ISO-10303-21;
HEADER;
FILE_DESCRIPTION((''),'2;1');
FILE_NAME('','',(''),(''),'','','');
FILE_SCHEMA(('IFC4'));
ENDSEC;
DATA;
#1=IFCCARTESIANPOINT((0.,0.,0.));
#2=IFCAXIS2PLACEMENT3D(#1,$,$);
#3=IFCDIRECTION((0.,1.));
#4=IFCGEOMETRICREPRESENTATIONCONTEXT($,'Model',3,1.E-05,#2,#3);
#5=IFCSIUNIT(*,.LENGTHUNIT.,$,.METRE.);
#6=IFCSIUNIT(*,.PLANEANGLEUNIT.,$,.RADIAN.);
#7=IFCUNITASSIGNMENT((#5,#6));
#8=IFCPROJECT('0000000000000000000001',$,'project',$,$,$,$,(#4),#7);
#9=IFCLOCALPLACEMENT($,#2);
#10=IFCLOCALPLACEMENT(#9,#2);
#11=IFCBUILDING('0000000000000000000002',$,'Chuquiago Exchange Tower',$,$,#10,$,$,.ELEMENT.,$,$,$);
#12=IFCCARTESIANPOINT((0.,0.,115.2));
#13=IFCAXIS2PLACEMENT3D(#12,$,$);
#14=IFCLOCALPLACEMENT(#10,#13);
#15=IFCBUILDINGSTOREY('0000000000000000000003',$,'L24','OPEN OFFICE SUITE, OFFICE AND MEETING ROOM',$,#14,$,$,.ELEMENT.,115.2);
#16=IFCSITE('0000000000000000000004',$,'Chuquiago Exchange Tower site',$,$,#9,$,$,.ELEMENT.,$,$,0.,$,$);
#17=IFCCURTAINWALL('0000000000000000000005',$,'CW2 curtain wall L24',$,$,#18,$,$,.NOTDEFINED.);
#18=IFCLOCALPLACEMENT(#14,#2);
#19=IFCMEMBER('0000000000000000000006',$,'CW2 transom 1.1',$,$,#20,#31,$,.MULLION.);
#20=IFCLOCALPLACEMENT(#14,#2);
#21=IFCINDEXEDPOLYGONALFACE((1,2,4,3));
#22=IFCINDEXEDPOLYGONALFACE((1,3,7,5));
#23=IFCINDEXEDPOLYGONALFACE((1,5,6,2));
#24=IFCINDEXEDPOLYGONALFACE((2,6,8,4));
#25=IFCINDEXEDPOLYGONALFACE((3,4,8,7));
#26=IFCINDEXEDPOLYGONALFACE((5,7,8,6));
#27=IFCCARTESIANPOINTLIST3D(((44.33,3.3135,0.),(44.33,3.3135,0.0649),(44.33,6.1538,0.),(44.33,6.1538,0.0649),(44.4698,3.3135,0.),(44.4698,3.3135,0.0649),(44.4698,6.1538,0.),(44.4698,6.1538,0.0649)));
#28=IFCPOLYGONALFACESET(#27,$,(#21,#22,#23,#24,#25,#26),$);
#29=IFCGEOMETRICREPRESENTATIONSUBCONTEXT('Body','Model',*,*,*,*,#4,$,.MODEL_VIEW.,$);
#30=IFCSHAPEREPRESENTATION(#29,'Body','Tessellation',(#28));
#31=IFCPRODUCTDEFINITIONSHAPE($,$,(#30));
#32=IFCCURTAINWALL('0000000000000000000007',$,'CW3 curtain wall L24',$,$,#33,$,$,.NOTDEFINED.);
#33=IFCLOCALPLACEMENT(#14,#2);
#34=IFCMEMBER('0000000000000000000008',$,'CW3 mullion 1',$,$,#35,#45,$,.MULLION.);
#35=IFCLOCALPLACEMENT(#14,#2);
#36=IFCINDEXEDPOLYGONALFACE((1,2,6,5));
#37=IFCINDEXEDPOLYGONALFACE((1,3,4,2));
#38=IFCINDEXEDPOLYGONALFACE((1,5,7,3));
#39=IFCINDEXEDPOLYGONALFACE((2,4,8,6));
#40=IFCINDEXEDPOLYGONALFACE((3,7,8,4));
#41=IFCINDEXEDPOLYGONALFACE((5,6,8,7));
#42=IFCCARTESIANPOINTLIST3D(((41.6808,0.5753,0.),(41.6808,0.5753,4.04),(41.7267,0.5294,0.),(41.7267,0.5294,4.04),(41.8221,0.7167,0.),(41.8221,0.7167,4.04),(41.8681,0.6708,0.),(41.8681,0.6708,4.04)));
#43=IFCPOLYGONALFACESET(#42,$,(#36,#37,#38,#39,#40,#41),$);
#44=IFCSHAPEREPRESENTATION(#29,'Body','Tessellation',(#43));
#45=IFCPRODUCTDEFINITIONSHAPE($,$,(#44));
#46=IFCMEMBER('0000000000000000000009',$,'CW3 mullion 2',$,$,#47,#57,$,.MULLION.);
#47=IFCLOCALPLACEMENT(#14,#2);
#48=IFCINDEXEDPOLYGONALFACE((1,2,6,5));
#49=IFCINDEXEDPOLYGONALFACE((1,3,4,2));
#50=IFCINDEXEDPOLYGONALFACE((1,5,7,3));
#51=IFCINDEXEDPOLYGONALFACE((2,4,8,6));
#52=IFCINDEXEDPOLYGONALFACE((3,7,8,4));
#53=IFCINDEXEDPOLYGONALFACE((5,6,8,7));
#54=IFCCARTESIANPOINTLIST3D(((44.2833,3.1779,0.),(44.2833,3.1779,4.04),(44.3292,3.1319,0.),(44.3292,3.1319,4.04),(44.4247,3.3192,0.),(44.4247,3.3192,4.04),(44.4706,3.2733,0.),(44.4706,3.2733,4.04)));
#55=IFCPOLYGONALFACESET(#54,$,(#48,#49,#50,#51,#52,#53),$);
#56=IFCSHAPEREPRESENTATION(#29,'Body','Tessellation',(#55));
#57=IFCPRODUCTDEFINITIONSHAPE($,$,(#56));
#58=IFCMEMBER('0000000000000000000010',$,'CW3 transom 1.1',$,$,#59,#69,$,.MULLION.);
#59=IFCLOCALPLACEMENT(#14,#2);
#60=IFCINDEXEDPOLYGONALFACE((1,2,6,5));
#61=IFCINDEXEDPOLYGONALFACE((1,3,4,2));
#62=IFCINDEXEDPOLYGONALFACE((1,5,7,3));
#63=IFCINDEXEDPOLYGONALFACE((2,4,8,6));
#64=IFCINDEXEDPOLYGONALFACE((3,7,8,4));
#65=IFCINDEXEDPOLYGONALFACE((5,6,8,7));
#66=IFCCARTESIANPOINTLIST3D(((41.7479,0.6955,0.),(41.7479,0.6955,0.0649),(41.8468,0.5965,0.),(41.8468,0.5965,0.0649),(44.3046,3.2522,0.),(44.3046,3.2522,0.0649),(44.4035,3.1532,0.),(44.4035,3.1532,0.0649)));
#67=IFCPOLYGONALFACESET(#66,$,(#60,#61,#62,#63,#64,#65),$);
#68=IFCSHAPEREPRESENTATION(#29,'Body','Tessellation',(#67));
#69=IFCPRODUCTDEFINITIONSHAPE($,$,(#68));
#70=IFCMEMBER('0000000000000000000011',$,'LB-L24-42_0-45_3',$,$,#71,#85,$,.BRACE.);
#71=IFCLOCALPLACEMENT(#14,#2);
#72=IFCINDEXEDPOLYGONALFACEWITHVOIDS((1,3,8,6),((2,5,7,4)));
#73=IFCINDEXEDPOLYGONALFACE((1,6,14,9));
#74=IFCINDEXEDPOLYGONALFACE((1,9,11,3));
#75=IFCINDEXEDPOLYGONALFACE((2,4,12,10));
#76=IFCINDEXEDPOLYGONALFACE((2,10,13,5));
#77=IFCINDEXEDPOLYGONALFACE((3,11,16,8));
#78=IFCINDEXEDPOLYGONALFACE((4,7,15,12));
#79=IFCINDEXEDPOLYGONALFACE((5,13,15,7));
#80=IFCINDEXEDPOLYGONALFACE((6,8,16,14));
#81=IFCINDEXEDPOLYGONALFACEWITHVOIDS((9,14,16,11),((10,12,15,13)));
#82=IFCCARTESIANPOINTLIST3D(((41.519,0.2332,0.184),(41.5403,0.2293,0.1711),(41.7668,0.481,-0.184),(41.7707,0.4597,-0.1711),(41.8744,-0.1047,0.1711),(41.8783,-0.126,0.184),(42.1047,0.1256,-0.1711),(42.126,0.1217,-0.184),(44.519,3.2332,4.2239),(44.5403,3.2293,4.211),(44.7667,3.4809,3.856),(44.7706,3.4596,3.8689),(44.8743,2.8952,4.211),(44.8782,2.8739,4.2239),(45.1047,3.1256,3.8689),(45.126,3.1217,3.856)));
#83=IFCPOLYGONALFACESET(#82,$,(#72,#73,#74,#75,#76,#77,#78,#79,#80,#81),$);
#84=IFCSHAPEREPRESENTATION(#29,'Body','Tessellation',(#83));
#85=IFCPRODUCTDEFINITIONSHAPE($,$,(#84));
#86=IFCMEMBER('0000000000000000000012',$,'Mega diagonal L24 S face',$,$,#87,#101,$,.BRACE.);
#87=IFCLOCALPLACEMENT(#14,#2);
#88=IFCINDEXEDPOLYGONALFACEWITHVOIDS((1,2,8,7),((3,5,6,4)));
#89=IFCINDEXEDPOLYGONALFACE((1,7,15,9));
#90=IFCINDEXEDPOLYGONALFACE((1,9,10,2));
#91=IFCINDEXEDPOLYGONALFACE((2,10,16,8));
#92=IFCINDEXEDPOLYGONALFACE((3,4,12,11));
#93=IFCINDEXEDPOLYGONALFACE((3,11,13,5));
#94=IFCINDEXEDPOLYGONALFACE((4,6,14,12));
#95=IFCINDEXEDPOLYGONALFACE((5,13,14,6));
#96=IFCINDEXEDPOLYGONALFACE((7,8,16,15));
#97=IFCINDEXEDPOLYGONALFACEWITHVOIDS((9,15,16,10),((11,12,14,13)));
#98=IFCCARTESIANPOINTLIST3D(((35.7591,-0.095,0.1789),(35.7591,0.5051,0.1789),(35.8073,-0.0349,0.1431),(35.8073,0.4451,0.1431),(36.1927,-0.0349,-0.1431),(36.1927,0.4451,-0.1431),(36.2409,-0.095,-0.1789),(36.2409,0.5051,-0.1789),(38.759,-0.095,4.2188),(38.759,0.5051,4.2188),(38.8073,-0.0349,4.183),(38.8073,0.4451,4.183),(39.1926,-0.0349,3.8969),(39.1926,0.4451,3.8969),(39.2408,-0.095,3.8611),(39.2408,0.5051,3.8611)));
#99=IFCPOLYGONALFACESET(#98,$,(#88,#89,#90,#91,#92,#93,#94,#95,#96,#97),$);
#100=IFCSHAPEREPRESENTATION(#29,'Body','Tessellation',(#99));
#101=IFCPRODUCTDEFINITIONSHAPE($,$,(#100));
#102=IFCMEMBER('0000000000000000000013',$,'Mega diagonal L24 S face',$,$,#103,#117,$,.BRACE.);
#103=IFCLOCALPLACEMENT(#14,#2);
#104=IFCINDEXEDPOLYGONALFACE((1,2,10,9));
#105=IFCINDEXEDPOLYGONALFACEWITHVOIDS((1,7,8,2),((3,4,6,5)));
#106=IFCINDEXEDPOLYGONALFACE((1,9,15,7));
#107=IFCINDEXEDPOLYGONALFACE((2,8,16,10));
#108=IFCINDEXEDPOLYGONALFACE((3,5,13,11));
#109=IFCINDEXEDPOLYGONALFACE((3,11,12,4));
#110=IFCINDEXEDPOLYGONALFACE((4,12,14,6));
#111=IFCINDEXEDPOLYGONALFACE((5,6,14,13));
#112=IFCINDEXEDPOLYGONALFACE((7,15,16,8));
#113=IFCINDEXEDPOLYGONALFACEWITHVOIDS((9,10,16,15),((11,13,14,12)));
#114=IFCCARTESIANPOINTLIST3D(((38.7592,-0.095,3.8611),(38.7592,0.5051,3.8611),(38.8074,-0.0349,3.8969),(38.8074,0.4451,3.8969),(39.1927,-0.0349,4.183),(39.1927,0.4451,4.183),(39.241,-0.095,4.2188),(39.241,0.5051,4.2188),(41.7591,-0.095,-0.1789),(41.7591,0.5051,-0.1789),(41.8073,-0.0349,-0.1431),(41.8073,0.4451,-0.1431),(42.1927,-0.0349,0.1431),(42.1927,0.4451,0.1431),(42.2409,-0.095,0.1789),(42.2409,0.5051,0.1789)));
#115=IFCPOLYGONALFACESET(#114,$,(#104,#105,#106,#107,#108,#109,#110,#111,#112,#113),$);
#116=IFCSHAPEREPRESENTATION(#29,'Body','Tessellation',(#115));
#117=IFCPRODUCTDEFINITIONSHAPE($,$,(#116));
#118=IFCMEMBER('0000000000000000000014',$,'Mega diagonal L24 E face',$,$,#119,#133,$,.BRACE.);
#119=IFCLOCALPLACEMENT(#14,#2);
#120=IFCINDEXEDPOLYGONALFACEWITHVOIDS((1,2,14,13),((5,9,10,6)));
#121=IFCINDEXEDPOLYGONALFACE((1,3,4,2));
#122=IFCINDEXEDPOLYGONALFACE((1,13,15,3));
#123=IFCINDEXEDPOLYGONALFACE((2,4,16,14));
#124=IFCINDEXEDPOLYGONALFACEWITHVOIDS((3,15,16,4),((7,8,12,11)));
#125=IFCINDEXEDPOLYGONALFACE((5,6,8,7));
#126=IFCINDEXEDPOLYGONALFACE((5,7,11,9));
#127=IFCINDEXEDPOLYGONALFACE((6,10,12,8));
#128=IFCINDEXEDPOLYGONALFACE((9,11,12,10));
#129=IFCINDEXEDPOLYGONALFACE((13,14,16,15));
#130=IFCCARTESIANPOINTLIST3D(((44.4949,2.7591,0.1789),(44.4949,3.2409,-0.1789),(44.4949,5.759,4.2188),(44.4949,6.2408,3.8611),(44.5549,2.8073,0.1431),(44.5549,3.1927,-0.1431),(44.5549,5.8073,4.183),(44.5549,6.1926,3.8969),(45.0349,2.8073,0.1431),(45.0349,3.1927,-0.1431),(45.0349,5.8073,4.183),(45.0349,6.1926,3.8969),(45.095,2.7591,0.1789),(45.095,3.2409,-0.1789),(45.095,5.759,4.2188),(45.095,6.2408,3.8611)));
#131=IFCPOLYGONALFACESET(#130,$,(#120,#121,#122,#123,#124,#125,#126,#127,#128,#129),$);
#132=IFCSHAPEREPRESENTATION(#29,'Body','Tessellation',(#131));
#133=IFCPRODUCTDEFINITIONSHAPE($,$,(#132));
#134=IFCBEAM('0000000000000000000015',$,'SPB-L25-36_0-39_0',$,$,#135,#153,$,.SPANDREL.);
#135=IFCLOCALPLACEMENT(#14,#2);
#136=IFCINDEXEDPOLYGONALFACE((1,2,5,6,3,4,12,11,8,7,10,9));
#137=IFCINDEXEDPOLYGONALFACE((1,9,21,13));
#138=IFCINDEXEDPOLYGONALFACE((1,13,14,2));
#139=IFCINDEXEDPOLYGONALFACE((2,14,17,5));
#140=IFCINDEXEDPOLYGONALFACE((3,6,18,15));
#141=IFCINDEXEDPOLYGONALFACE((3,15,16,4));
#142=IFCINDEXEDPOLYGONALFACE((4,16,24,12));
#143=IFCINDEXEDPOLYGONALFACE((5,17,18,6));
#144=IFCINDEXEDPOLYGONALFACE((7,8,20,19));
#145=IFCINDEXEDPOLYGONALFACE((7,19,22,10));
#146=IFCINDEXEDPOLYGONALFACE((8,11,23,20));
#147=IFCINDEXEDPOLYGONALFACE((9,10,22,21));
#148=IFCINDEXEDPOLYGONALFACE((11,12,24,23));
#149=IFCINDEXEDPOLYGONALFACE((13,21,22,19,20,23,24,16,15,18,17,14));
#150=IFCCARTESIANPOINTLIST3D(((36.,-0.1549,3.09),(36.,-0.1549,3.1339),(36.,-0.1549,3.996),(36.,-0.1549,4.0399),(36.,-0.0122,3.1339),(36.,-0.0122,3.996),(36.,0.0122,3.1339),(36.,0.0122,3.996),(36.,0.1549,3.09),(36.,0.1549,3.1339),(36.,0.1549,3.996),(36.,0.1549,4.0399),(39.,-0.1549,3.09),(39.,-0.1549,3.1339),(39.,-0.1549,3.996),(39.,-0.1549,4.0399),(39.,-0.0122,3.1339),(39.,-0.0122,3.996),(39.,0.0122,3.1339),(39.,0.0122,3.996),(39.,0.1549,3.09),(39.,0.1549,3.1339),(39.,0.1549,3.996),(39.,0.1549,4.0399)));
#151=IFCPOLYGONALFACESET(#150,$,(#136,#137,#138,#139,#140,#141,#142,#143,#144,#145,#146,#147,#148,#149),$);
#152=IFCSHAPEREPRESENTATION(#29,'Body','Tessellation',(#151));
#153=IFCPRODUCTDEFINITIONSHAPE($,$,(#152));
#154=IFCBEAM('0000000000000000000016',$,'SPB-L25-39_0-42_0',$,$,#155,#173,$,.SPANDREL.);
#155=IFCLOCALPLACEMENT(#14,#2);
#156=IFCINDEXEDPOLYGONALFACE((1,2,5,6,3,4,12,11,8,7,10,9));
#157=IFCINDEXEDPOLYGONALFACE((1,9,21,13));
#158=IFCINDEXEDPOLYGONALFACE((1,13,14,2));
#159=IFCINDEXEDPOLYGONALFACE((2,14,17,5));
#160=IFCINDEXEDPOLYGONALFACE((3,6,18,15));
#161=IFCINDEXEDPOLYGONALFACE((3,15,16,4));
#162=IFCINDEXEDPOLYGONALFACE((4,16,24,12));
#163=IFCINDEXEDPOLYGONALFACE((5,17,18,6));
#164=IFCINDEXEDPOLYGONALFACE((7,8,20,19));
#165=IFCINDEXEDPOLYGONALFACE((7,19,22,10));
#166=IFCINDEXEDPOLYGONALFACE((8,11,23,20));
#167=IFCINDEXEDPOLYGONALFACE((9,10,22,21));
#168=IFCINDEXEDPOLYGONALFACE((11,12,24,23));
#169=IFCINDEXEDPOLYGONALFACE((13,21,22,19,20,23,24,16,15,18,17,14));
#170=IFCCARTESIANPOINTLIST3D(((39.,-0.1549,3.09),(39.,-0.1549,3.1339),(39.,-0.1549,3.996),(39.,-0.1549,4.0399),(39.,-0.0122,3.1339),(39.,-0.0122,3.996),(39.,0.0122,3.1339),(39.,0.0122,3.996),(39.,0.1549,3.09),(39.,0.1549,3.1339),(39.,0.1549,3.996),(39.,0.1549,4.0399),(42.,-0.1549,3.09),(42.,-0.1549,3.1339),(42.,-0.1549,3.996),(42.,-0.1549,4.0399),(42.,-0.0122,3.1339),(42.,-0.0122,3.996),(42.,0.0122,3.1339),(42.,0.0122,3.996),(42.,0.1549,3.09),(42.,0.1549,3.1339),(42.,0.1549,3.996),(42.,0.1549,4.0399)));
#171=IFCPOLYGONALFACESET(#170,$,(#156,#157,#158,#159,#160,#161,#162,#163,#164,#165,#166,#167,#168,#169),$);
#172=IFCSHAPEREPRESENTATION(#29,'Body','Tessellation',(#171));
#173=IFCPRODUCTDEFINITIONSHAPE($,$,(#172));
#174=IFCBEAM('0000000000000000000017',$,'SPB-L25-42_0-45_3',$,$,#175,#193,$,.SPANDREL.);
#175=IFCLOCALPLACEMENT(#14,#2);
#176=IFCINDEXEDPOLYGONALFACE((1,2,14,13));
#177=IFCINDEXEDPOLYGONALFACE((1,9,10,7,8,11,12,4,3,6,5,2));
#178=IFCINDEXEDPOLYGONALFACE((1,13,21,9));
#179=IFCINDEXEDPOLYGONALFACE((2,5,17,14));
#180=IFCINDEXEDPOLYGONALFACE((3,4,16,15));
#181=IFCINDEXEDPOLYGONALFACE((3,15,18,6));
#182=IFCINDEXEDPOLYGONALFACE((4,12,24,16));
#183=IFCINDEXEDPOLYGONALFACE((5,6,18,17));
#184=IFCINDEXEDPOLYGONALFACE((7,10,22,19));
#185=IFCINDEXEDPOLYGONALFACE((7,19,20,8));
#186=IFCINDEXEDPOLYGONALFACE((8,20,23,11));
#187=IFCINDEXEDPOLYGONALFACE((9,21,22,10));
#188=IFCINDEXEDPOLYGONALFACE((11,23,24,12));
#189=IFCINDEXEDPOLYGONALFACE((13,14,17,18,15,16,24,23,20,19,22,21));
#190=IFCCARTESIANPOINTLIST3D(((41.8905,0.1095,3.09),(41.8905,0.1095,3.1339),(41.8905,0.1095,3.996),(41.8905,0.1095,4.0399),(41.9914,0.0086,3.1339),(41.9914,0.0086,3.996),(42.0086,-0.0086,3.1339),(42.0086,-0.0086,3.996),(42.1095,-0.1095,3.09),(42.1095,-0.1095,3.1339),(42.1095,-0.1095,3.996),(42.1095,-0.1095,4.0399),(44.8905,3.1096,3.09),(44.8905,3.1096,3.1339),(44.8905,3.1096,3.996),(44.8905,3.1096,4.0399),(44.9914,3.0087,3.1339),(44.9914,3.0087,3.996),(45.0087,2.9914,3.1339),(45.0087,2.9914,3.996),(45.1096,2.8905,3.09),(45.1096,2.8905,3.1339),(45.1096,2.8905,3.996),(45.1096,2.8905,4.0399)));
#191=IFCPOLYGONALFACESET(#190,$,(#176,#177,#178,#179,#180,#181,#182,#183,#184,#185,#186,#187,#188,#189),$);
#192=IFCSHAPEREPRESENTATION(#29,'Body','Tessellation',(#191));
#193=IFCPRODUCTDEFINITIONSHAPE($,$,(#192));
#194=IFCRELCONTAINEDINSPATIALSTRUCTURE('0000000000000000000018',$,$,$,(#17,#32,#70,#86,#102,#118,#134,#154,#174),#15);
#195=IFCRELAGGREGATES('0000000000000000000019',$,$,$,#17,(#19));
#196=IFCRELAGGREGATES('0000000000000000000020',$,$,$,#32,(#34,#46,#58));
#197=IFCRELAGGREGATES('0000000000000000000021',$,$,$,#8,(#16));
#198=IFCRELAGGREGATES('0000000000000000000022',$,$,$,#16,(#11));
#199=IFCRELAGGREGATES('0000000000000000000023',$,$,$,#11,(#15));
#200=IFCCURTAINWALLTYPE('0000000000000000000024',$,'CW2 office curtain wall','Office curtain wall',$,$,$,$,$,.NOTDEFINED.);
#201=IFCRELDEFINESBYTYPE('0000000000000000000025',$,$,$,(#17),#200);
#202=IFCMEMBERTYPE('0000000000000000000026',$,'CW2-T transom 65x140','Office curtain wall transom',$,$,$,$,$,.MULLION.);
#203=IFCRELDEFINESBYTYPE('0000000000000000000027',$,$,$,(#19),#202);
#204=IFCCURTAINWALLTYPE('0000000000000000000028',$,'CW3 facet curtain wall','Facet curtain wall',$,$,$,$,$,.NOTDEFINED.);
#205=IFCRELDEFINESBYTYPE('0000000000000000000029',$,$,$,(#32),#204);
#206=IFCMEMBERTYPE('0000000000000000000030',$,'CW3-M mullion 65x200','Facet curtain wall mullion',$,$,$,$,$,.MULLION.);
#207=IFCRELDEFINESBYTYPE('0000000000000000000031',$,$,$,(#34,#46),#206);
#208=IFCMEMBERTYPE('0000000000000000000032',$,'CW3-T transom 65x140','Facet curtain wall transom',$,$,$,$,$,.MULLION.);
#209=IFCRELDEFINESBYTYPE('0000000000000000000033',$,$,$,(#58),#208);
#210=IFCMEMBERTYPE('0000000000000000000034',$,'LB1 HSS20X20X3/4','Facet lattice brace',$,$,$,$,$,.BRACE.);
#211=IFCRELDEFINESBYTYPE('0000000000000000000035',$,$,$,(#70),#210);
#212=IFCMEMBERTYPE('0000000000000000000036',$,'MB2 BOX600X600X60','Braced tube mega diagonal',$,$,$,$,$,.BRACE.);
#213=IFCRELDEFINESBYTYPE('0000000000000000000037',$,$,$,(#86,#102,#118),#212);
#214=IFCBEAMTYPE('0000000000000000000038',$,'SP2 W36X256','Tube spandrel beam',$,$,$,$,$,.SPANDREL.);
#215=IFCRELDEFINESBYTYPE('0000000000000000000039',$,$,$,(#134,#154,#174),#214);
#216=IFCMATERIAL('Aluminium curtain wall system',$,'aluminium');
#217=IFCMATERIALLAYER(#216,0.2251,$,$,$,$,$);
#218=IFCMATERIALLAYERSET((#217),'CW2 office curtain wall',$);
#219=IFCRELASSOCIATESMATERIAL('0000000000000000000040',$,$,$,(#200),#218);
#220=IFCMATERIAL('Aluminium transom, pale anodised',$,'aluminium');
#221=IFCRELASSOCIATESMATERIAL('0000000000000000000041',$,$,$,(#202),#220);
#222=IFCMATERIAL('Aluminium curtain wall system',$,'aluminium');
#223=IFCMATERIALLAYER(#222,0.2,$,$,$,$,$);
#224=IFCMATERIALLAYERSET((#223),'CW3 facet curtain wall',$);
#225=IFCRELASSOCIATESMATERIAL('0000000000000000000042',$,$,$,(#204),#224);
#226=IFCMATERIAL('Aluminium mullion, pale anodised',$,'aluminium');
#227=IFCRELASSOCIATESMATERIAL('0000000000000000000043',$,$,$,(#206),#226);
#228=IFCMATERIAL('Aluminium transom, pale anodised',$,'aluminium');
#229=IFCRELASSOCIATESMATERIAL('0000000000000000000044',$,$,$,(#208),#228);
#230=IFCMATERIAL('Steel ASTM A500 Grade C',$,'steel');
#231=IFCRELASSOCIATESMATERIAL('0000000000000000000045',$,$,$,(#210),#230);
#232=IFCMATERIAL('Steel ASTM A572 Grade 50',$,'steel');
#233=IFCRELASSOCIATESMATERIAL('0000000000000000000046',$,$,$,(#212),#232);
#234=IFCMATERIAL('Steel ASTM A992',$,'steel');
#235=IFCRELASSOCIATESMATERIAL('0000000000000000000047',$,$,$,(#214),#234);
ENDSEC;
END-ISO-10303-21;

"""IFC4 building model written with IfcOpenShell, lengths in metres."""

from ifc_helpers import new_model, si_unit, direction, frame, origin, origin_2d, place, context, subcontext, project, spatial, rectangle, hollow_rectangle, i_section, extrude, material, layer, layer_set, material_profile, profile_set, type_object, element, aggregate, save


model = new_model("IFC4")

# Units and contexts
model_context = context("Model", 3, precision=1e-05, world=origin(), true_north=direction((0.0, 1.0)))
body_context = subcontext(model_context, "Body", "Model", "MODEL_VIEW")
ifc_project = project(units=[si_unit("LENGTHUNIT", "METRE"), si_unit("PLANEANGLEUNIT", "RADIAN")], contexts=[model_context])

# Site, building, storey
site_placement = place(None, origin())
site = spatial("IfcSite", under=ifc_project, at=site_placement, Name="Chuquiago Exchange Tower site", CompositionType="ELEMENT", RefElevation=0.0)
building_placement = place(site_placement, origin())
building = spatial("IfcBuilding", under=site, at=building_placement, Name="Chuquiago Exchange Tower", CompositionType="ELEMENT")
storey_placement = place(building_placement, frame((0.0, 0.0, 115.2)))
storey = spatial("IfcBuildingStorey", under=building, at=storey_placement, Name="L24", Description="OPEN OFFICE SUITE, OFFICE AND MEETING ROOM", CompositionType="ELEMENT", Elevation=115.2)

# Curtain wall
ifc_material_1 = material(Name="Aluminium curtain wall system", Category="aluminium")
ifc_layer_1 = layer(ifc_material_1, 0.2251)
ifc_layer_set_1 = layer_set([ifc_layer_1], Name="CW2 office curtain wall")
curtain_wall_type_1 = type_object("IfcCurtainWallType", Name="CW2 office curtain wall", Description="Office curtain wall", PredefinedType="NOTDEFINED", material=ifc_layer_set_1)
curtain_wall_1_placement = place(storey_placement, origin())
curtain_wall_1 = element("IfcCurtainWall", 1, at=curtain_wall_1_placement, inside=storey, type_object=curtain_wall_type_1, Name="CW2 curtain wall L24", PredefinedType="NOTDEFINED")

# Member
ifc_material_2 = material(Name="Aluminium transom, pale anodised", Category="aluminium")
ifc_material_profile_1 = material_profile(ifc_material_2, rectangle(XDim=0.1399, YDim=0.0649, at=origin_2d()), Name="AL 140x65")
ifc_profile_set_1 = profile_set([ifc_material_profile_1], Name="Aluminium transom, pale anodised")
member_type_1 = type_object("IfcMemberType", Name="CW2-T transom 65x140", Description="Office curtain wall transom", PredefinedType="MULLION", material=ifc_profile_set_1)
member_1_placement = place(storey_placement, frame((44.3999, 3.3135, 0.0325), z_axis=(0.0, 1.0, 0.0), x_axis=(-1.0, 0.0, 0.0)))
member_1 = element("IfcMember", 2, at=member_1_placement, type_object=member_type_1, Name="CW2 transom 1.1", PredefinedType="MULLION", context=body_context, shape_type="SweptSolid", body=[
    extrude(rectangle(XDim=0.1399, YDim=0.0649, at=origin_2d()), origin(), (0.0, 0.0, 1.0), 2.8403),
])

# Curtain wall, members
ifc_material_3 = material(Name="Aluminium curtain wall system", Category="aluminium")
ifc_layer_2 = layer(ifc_material_3, 0.2)
ifc_layer_set_2 = layer_set([ifc_layer_2], Name="CW3 facet curtain wall")
curtain_wall_type_2 = type_object("IfcCurtainWallType", Name="CW3 facet curtain wall", Description="Facet curtain wall", PredefinedType="NOTDEFINED", material=ifc_layer_set_2)
curtain_wall_2_placement = place(storey_placement, origin())
curtain_wall_2 = element("IfcCurtainWall", 3, at=curtain_wall_2_placement, inside=storey, type_object=curtain_wall_type_2, Name="CW3 curtain wall L24", PredefinedType="NOTDEFINED")
ifc_material_4 = material(Name="Aluminium mullion, pale anodised", Category="aluminium")
ifc_material_profile_2 = material_profile(ifc_material_4, rectangle(XDim=0.0649, YDim=0.2, at=origin_2d()), Name="AL 65x200")
ifc_profile_set_2 = profile_set([ifc_material_profile_2], Name="Aluminium mullion, pale anodised")
member_type_2 = type_object("IfcMemberType", Name="CW3-M mullion 65x200", Description="Facet curtain wall mullion", PredefinedType="MULLION", material=ifc_profile_set_2)
member_2_placement = place(storey_placement, frame((41.7744, 0.623, 0.0), z_axis=(0.0, 0.0, 1.0), x_axis=(-0.707107, 0.707107, 0.0)))
member_2 = element("IfcMember", 4, at=member_2_placement, type_object=member_type_2, Name="CW3 mullion 1", PredefinedType="MULLION", context=body_context, shape_type="SweptSolid", body=[
    extrude(rectangle(XDim=0.0649, YDim=0.2, at=origin_2d()), origin(), (0.0, 0.0, 1.0), 4.04),
])
member_3_placement = place(storey_placement, frame((44.377, 3.2256, 0.0), z_axis=(0.0, 0.0, 1.0), x_axis=(-0.707107, 0.707107, 0.0)))
member_3 = element("IfcMember", 5, at=member_3_placement, type_object=member_type_2, Name="CW3 mullion 2", PredefinedType="MULLION", context=body_context, shape_type="SweptSolid", body=[
    extrude(rectangle(XDim=0.0649, YDim=0.2, at=origin_2d()), origin(), (0.0, 0.0, 1.0), 4.04),
])
ifc_material_5 = material(Name="Aluminium transom, pale anodised", Category="aluminium")
ifc_material_profile_3 = material_profile(ifc_material_5, rectangle(XDim=0.1399, YDim=0.0649, at=origin_2d()), Name="AL 140x65")
ifc_profile_set_3 = profile_set([ifc_material_profile_3], Name="Aluminium transom, pale anodised")
member_type_3 = type_object("IfcMemberType", Name="CW3-T transom 65x140", Description="Facet curtain wall transom", PredefinedType="MULLION", material=ifc_profile_set_3)
member_4_placement = place(storey_placement, frame((41.7974, 0.646, 0.0325), z_axis=(0.707107, 0.707107, 0.0), x_axis=(-0.707107, 0.707107, 0.0)))
member_4 = element("IfcMember", 6, at=member_4_placement, type_object=member_type_3, Name="CW3 transom 1.1", PredefinedType="MULLION", context=body_context, shape_type="SweptSolid", body=[
    extrude(rectangle(XDim=0.1399, YDim=0.0649, at=origin_2d()), origin(), (0.0, 0.0, 1.0), 3.6157),
])

# Members
ifc_material_6 = material(Name="Steel ASTM A500 Grade C", Category="steel")
ifc_material_profile_4 = material_profile(ifc_material_6, hollow_rectangle(XDim=0.5081, YDim=0.5081, WallThickness=0.0178, at=origin_2d()), Name="HSS20X20X3/4")
ifc_profile_set_4 = profile_set([ifc_material_profile_4], Name="Steel ASTM A500 Grade C")
member_type_4 = type_object("IfcMemberType", Name="LB1 HSS20X20X3/4", Description="Facet lattice brace", PredefinedType="BRACE", material=ifc_profile_set_4)
member_5_placement = place(storey_placement, frame((41.8225, 0.1775, 0.0), z_axis=(0.512077, 0.512077, 0.689604), x_axis=(-0.707107, 0.707107, 0.0)))
element("IfcMember", 7, at=member_5_placement, inside=storey, type_object=member_type_4, Name="LB-L24-42_0-45_3", PredefinedType="BRACE", context=body_context, shape_type="SweptSolid", body=[
    extrude(hollow_rectangle(XDim=0.5081, YDim=0.5081, WallThickness=0.0178, at=origin_2d()), origin(), (0.0, 0.0, 1.0), 5.8584),
])
ifc_material_7 = material(Name="Steel ASTM A572 Grade 50", Category="steel")
ifc_material_profile_5 = material_profile(ifc_material_7, hollow_rectangle(XDim=0.6001, YDim=0.6001, WallThickness=0.0601, at=origin_2d()), Name="BOX600X600X60")
ifc_profile_set_5 = profile_set([ifc_material_profile_5], Name="Steel ASTM A572 Grade 50")
member_type_5 = type_object("IfcMemberType", Name="MB2 BOX600X600X60", Description="Braced tube mega diagonal", PredefinedType="BRACE", material=ifc_profile_set_5)
for number, where, z_axis, x_axis, name in (
    (8, (36.0, 0.2051, 0.0), (0.596174, 0.0, 0.802855), (0.0, 1.0, 0.0), "Mega diagonal L24 S face"),
    (9, (42.0, 0.2051, 0.0), (-0.596174, 0.0, 0.802855), (0.0, -1.0, 0.0), "Mega diagonal L24 S face"),
    (10, (44.7949, 3.0, 0.0), (0.0, 0.596174, 0.802855), (-1.0, 0.0, 0.0), "Mega diagonal L24 E face"),
):
    element("IfcMember", number, at=place(storey_placement, frame(where, z_axis=z_axis, x_axis=x_axis)), inside=storey, type_object=member_type_5, Name=name, PredefinedType="BRACE", context=body_context, shape_type="SweptSolid", body=[
        extrude(hollow_rectangle(XDim=0.6001, YDim=0.6001, WallThickness=0.0601, at=origin_2d()), origin(), (0.0, 0.0, 1.0), 5.032),
    ])

# Beams
ifc_material_8 = material(Name="Steel ASTM A992", Category="steel")
ifc_material_profile_6 = material_profile(ifc_material_8, i_section(OverallWidth=0.3098, OverallDepth=0.95, WebThickness=0.0244, FlangeThickness=0.0439, at=origin_2d()), Name="W36X256")
ifc_profile_set_6 = profile_set([ifc_material_profile_6], Name="Steel ASTM A992")
beam_type = type_object("IfcBeamType", Name="SP2 W36X256", Description="Tube spandrel beam", PredefinedType="SPANDREL", material=ifc_profile_set_6)
for number, where, z_axis, x_axis, name in (
    (11, (36.0, 0.0, 3.5649), (1.0, 0.0, 0.0), (0.0, 1.0, 0.0), "SPB-L25-36_0-39_0"),
    (12, (39.0, 0.0, 3.5649), (1.0, 0.0, 0.0), (0.0, 1.0, 0.0), "SPB-L25-39_0-42_0"),
):
    element("IfcBeam", number, at=place(storey_placement, frame(where, z_axis=z_axis, x_axis=x_axis)), inside=storey, type_object=beam_type, Name=name, PredefinedType="SPANDREL", context=body_context, shape_type="SweptSolid", body=[
        extrude(i_section(OverallWidth=0.3098, OverallDepth=0.95, WebThickness=0.0244, FlangeThickness=0.0439, at=origin_2d()), origin(), (0.0, 0.0, 1.0), 3.0),
    ])
beam_placement = place(storey_placement, frame((42.0, 0.0, 3.5649), z_axis=(0.707107, 0.707107, 0.0), x_axis=(-0.707107, 0.707107, 0.0)))
element("IfcBeam", 13, at=beam_placement, inside=storey, type_object=beam_type, Name="SPB-L25-42_0-45_3", PredefinedType="SPANDREL", context=body_context, shape_type="SweptSolid", body=[
    extrude(i_section(OverallWidth=0.3098, OverallDepth=0.95, WebThickness=0.0244, FlangeThickness=0.0439, at=origin_2d()), origin(), (0.0, 0.0, 1.0), 4.2427),
])

aggregate(curtain_wall_1, [member_1])
aggregate(curtain_wall_2, [member_2, member_3, member_4])

save(model, "model.ifc")
